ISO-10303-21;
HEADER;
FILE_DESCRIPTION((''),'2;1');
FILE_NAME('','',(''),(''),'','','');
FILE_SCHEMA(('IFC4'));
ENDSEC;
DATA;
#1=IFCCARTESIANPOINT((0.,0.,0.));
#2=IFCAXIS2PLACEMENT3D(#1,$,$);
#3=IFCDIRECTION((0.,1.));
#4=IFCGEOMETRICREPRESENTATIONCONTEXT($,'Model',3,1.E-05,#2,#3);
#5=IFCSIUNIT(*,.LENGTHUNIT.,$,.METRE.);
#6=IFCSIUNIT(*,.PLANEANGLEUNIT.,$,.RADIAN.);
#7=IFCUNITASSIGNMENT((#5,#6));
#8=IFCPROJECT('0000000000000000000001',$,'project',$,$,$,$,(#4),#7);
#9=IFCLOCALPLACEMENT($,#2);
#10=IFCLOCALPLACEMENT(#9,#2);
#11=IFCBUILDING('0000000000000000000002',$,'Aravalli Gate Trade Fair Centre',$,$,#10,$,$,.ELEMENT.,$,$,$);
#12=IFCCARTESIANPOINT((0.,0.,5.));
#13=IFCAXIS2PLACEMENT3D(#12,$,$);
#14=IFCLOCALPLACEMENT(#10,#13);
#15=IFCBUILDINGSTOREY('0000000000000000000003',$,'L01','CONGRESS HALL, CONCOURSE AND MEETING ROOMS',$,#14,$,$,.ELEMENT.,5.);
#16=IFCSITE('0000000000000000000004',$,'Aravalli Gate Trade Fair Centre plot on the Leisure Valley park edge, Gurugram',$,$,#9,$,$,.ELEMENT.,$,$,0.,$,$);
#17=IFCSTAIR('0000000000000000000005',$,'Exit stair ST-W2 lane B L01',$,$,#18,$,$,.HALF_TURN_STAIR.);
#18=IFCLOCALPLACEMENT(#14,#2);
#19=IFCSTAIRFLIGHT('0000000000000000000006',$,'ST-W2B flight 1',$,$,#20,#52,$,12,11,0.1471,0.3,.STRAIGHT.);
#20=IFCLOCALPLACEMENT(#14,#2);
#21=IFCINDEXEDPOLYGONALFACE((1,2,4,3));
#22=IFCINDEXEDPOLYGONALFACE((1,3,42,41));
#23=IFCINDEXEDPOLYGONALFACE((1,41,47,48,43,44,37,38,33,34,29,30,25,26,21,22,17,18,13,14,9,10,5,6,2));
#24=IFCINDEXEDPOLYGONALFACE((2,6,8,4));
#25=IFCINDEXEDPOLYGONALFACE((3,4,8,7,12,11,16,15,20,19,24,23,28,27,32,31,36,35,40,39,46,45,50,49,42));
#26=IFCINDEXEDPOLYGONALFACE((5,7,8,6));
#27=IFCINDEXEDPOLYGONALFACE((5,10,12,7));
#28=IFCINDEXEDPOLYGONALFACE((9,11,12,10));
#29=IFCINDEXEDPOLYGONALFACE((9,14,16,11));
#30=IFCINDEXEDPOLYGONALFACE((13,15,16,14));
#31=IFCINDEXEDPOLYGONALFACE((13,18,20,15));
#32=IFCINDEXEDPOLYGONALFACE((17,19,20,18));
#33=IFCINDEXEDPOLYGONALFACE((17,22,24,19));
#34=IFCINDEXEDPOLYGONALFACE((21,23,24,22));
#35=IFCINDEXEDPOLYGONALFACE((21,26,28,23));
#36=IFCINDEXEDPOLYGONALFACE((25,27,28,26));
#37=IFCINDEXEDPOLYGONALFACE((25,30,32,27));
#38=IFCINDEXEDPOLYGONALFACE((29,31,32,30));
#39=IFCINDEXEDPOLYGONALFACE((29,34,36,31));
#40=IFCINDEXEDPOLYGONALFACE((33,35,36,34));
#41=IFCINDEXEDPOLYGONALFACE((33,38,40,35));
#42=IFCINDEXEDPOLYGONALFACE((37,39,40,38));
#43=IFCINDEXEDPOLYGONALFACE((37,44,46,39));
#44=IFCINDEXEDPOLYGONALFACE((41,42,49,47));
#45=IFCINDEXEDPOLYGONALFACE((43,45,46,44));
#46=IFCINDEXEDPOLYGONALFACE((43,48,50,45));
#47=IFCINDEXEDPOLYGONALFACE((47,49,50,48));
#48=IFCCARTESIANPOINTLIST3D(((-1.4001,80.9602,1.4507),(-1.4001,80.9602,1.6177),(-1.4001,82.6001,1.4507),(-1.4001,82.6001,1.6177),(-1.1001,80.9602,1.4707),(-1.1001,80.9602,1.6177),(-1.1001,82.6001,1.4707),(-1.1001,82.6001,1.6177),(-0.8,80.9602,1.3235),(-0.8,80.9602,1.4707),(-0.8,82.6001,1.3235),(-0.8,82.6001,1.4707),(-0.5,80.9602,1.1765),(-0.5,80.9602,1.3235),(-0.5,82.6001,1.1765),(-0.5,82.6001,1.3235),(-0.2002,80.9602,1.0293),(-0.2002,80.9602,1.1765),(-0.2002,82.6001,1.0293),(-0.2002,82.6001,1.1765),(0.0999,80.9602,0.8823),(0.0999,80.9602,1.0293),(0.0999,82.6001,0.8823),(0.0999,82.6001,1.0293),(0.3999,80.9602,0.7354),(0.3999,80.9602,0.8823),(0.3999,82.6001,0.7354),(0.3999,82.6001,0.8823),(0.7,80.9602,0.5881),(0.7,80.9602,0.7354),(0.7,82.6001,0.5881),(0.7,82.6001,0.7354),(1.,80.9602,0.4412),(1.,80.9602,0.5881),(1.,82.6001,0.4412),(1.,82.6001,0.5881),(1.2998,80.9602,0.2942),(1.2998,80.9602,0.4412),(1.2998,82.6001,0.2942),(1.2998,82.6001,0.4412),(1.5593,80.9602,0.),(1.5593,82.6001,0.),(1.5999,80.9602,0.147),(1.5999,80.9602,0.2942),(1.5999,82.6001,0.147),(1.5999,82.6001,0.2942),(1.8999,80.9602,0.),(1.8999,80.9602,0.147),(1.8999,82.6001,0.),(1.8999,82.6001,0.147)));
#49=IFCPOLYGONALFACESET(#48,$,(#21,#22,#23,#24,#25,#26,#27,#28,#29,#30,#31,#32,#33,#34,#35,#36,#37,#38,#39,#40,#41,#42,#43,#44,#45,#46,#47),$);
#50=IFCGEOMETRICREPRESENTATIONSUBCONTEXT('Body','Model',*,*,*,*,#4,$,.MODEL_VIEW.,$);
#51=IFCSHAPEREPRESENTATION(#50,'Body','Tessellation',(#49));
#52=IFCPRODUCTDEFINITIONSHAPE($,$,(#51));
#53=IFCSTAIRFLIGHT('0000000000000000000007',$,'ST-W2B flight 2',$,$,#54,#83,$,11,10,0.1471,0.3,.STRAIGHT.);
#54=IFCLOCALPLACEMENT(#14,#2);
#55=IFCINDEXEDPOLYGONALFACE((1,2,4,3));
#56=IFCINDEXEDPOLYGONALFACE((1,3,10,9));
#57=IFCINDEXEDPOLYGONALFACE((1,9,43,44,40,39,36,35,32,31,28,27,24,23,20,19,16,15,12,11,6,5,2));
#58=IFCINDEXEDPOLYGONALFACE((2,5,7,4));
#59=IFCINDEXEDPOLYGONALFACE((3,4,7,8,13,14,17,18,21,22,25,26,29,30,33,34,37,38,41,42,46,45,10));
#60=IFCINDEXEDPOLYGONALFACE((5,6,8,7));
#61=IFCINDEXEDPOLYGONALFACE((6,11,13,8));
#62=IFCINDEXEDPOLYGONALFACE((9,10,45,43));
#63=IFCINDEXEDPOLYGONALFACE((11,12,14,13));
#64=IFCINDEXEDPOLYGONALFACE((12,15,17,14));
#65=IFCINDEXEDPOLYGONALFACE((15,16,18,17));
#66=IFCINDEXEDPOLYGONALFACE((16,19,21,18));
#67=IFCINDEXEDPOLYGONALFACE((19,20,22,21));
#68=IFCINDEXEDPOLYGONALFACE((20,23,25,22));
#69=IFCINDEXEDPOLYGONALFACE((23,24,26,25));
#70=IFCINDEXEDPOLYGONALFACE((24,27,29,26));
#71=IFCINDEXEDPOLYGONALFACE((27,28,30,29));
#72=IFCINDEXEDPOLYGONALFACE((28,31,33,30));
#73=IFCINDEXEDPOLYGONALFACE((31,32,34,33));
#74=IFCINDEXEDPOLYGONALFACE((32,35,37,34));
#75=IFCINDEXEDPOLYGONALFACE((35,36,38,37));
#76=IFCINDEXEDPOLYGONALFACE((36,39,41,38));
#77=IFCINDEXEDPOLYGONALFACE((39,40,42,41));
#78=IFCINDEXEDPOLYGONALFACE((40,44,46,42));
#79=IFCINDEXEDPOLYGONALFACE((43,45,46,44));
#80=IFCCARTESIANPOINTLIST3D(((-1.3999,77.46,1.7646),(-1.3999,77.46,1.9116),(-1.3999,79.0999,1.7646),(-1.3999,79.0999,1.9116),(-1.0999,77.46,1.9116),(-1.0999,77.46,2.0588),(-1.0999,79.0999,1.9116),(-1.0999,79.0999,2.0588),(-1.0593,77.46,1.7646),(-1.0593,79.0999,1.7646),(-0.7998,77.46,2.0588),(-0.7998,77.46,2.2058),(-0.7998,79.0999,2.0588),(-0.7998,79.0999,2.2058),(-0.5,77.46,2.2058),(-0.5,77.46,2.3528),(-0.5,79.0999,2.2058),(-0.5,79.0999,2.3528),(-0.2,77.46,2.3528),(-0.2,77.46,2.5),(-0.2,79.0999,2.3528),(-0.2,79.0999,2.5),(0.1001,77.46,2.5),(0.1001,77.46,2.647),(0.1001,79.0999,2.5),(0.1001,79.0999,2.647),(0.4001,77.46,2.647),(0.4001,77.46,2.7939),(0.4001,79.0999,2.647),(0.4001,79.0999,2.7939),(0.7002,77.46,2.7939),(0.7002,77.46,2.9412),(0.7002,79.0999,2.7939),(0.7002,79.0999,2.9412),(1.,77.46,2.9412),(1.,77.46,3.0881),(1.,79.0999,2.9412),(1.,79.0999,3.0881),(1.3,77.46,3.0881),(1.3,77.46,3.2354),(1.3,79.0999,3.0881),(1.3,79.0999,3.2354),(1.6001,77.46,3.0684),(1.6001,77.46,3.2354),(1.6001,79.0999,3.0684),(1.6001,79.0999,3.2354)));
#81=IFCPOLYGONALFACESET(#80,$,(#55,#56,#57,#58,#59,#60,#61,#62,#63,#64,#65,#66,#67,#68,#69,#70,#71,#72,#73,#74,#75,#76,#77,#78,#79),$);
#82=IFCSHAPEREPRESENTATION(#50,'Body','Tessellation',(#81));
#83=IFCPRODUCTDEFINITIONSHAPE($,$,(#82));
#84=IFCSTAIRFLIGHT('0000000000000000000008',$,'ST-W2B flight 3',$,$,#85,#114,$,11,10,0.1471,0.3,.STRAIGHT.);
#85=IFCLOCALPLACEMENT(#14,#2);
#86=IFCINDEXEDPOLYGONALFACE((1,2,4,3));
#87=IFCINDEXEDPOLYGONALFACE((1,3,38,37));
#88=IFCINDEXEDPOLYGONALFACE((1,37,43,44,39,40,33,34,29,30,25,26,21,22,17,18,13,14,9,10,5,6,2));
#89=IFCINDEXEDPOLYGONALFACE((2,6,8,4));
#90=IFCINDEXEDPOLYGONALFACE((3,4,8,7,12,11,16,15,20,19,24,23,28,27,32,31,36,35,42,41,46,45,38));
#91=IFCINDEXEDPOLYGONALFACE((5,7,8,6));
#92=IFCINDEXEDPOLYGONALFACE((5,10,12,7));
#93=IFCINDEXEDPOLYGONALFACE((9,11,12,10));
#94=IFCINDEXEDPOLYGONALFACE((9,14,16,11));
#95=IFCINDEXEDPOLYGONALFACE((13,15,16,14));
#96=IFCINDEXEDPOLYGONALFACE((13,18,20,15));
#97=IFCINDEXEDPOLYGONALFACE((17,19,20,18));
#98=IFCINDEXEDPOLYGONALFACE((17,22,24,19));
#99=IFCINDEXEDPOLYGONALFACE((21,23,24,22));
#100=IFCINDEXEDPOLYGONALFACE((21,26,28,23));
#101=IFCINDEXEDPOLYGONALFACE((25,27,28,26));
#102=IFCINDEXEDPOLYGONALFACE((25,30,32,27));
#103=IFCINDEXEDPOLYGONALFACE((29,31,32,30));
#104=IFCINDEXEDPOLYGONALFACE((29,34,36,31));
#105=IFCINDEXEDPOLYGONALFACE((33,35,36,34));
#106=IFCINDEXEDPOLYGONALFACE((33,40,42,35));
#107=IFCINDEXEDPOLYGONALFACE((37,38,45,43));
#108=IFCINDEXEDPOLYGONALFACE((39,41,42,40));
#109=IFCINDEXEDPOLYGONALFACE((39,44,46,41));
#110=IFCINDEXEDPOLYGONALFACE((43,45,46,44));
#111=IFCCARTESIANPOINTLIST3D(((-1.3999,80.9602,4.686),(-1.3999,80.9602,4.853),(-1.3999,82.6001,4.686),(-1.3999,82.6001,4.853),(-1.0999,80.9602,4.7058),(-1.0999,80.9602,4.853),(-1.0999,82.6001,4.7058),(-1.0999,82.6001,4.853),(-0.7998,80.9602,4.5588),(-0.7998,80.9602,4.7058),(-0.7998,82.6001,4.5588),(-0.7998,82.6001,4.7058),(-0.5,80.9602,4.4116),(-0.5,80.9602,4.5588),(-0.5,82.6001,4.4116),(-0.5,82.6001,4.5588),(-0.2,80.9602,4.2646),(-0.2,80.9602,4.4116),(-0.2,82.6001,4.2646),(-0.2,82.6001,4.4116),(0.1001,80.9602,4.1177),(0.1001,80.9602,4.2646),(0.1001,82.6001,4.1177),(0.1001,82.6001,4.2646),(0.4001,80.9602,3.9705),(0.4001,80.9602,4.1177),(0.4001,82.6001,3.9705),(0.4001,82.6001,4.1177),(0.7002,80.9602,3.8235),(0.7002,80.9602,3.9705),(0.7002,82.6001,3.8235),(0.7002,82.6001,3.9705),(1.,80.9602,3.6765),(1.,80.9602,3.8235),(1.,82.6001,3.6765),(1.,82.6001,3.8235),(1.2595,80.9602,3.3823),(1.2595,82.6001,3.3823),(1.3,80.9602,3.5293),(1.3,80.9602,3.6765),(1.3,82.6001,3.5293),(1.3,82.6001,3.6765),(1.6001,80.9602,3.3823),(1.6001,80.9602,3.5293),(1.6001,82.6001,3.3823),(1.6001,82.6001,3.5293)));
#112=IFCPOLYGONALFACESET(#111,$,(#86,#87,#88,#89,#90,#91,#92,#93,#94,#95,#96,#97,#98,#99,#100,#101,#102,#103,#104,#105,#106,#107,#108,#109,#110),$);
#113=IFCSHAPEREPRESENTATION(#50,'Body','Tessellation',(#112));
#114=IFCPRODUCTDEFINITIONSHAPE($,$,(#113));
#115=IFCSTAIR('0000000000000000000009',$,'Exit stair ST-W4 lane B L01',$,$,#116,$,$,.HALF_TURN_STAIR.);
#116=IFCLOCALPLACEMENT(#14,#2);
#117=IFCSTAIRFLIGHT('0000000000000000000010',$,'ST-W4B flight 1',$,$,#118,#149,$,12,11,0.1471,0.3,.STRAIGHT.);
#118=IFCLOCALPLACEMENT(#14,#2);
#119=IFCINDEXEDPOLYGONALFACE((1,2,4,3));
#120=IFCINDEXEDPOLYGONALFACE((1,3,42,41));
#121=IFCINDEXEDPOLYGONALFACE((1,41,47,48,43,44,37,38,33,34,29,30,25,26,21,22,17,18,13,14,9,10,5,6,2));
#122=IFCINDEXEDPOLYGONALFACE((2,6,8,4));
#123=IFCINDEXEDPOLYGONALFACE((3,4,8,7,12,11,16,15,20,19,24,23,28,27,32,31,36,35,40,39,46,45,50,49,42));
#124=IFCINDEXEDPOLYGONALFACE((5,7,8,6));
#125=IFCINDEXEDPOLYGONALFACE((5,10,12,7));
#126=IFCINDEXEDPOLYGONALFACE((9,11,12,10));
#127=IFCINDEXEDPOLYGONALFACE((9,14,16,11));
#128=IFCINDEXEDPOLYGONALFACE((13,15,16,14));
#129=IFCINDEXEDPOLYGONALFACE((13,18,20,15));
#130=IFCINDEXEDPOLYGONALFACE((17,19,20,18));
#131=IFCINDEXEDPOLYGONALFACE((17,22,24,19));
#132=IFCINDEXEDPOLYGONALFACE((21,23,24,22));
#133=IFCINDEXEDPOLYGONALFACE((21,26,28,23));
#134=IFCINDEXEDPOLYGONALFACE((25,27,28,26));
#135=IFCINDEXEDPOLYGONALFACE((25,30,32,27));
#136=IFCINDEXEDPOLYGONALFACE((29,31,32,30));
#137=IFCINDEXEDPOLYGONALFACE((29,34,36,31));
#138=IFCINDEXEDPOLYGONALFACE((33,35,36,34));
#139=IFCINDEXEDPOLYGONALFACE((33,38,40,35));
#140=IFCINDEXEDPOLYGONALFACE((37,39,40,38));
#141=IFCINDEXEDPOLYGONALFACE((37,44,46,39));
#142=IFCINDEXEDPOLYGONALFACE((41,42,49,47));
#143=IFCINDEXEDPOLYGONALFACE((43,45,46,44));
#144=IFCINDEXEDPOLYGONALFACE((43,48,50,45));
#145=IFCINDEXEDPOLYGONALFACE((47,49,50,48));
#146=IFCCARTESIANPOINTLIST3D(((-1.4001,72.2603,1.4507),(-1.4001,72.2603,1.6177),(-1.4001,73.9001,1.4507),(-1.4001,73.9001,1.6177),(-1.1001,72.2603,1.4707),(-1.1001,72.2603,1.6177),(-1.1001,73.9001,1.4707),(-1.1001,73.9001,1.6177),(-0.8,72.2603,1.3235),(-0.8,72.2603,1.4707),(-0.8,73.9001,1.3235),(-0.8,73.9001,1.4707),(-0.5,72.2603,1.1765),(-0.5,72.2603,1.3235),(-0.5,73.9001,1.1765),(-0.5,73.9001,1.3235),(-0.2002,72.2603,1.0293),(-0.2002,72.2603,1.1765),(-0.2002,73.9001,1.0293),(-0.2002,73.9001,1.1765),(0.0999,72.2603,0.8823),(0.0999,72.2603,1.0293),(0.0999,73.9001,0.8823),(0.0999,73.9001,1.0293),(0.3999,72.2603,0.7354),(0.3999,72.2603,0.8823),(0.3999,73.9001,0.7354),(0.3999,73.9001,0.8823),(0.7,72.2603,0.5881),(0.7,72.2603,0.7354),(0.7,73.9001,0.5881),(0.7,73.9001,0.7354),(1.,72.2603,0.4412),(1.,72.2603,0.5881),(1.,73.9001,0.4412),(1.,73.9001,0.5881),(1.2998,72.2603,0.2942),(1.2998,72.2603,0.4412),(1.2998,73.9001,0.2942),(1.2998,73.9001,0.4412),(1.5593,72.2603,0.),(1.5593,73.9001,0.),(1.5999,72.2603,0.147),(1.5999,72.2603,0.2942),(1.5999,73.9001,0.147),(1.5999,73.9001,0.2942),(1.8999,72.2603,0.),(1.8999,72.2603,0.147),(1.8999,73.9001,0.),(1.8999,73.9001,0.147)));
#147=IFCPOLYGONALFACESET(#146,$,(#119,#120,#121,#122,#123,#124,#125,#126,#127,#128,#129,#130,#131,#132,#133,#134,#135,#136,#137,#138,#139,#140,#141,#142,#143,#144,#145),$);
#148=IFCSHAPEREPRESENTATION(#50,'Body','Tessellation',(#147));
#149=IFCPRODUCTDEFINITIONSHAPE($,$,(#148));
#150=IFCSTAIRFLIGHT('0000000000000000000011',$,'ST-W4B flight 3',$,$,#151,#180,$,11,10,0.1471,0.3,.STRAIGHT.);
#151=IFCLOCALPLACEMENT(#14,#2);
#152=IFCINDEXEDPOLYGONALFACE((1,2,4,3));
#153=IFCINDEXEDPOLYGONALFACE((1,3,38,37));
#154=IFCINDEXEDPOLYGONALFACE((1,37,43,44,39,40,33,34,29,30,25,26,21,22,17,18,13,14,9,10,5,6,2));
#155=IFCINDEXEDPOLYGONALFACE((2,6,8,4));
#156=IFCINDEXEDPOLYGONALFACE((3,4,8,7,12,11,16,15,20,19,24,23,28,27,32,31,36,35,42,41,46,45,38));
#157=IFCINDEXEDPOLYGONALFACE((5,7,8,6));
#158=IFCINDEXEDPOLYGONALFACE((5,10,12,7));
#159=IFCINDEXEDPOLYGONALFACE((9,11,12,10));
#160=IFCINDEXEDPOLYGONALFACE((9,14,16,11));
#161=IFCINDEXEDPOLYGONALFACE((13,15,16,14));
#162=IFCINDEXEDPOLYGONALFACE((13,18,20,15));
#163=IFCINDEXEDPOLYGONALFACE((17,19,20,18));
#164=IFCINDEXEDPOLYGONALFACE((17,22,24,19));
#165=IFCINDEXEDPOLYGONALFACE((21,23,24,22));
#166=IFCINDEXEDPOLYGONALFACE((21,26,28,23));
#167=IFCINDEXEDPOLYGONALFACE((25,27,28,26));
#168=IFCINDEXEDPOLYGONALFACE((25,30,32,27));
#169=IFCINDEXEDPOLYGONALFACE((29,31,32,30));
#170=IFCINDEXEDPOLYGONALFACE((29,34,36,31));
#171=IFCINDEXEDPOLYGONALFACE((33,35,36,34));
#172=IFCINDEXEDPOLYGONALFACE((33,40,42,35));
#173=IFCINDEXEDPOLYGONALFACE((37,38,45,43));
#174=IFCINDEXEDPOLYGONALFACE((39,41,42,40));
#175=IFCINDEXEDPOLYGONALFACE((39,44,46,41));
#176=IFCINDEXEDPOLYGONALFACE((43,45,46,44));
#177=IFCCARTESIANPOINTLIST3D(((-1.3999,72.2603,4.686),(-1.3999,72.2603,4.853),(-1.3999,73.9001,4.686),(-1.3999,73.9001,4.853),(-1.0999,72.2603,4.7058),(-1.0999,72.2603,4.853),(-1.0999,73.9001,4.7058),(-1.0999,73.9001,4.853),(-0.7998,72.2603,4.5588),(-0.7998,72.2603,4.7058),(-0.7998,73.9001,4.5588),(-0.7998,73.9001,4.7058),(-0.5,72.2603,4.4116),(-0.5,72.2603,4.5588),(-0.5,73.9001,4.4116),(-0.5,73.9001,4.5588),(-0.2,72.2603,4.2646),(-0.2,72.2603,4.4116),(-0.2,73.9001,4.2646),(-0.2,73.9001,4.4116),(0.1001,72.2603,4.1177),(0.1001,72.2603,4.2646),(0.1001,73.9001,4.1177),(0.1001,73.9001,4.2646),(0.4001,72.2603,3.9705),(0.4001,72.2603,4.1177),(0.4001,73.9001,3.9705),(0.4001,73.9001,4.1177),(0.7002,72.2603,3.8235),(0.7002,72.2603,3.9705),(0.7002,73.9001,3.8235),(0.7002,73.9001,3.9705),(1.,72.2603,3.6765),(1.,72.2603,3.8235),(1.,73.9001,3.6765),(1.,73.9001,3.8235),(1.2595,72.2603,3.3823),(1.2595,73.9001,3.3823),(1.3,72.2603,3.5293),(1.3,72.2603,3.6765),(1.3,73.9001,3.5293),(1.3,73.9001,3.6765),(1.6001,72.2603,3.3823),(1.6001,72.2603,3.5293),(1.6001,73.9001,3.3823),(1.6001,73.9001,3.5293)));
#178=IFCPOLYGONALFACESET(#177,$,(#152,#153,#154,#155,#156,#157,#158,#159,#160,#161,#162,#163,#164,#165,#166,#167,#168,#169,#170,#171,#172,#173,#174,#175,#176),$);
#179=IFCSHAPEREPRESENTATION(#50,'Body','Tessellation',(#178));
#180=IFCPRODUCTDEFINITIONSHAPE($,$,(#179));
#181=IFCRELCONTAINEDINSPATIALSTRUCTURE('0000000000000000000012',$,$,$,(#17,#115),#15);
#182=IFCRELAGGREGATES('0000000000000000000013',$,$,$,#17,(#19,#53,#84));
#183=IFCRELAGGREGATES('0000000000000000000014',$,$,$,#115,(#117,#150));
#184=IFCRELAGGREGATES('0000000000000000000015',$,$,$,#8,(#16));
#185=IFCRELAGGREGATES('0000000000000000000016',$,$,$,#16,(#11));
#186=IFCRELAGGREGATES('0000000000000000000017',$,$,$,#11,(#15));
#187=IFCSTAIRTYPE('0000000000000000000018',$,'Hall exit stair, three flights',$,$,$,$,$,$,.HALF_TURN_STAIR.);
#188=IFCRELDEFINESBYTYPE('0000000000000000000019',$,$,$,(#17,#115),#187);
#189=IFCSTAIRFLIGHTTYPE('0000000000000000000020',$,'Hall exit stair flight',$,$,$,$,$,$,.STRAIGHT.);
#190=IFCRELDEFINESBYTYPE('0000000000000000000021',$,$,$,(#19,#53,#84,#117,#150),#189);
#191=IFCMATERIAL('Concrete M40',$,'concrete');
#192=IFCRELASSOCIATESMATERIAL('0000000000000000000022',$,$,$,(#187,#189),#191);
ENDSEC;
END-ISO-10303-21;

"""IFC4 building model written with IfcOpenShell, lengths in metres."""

from ifc_helpers import new_model, si_unit, direction, frame, origin, place, context, subcontext, project, spatial, polyline, outline, extrude, material, type_object, element, aggregate, save


model = new_model("IFC4")

# Units and contexts
model_context = context("Model", 3, precision=1e-05, world=origin(), true_north=direction((0.0, 1.0)))
body_context = subcontext(model_context, "Body", "Model", "MODEL_VIEW")
ifc_project = project(units=[si_unit("LENGTHUNIT", "METRE"), si_unit("PLANEANGLEUNIT", "RADIAN")], contexts=[model_context])

# Site, building, storey
site_placement = place(None, origin())
site = spatial("IfcSite", under=ifc_project, at=site_placement, Name="Aravalli Gate Trade Fair Centre plot on the Leisure Valley park edge, Gurugram", CompositionType="ELEMENT", RefElevation=0.0)
building_placement = place(site_placement, origin())
building = spatial("IfcBuilding", under=site, at=building_placement, Name="Aravalli Gate Trade Fair Centre", CompositionType="ELEMENT")
storey_placement = place(building_placement, frame((0.0, 0.0, 5.0)))
storey = spatial("IfcBuildingStorey", under=building, at=storey_placement, Name="L01", Description="CONGRESS HALL, CONCOURSE AND MEETING ROOMS", CompositionType="ELEMENT", Elevation=5.0)

# Shared definitions
ifc_material_1 = material(Name="Concrete M40", Category="concrete")

# Stairs, stair flights
stair_type = type_object("IfcStairType", Name="Hall exit stair, three flights", PredefinedType="HALF_TURN_STAIR", material=ifc_material_1)
stair_flight_type = type_object("IfcStairFlightType", Name="Hall exit stair flight", PredefinedType="STRAIGHT", material=ifc_material_1)
stair_1_placement = place(storey_placement, origin())
stair_1 = element("IfcStair", 1, at=stair_1_placement, inside=storey, type_object=stair_type, Name="Exit stair ST-W2 lane B L01", PredefinedType="HALF_TURN_STAIR")
stair_flight_1_placement = place(storey_placement, frame((1.8999, 81.78, 0.0), z_axis=(0.0, 0.0, 1.0), x_axis=(-1.0, 0.0, 0.0)))
stair_flight_1 = element("IfcStairFlight", 2, at=stair_flight_1_placement, type_object=stair_flight_type, Name="ST-W2B flight 1", NumberOfRisers=12, NumberOfTreads=11, PredefinedType="STRAIGHT", RiserHeight=0.1471, TreadLength=0.3, context=body_context, shape_type="SweptSolid", body=[
    extrude(outline(polyline([(0.0, 0.0), (0.0, 0.147), (0.3, 0.147), (0.3, 0.2942), (0.6001, 0.2942), (0.6001, 0.4412), (0.8999, 0.4412), (0.8999, 0.5881), (1.2, 0.5881), (1.2, 0.7354), (1.5, 0.7354), (1.5, 0.8823), (1.8, 0.8823), (1.8, 1.0293), (2.1001, 1.0293), (2.1001, 1.1765), (2.3999, 1.1765), (2.3999, 1.3235), (2.7, 1.3235), (2.7, 1.4707), (3.0, 1.4707), (3.0, 1.6177), (3.3, 1.6177), (3.3, 1.7646), (3.3, 1.4507), (0.3406, 0.0), (0.0, 0.0)])), frame((0.0, 0.8198, 0.0), z_axis=(0.0, -1.0, 0.0), x_axis=(1.0, 0.0, 0.0)), (0.0, 0.0, 1.0), 1.6399),
])
stair_flight_2_placement = place(storey_placement, frame((-1.3999, 78.28, 1.7646), z_axis=(0.0, 0.0, 1.0), x_axis=(1.0, 0.0, 0.0)))
stair_flight_2 = element("IfcStairFlight", 3, at=stair_flight_2_placement, type_object=stair_flight_type, Name="ST-W2B flight 2", NumberOfRisers=11, NumberOfTreads=10, PredefinedType="STRAIGHT", RiserHeight=0.1471, TreadLength=0.3, context=body_context, shape_type="SweptSolid", body=[
    extrude(outline(polyline([(0.0, 0.0), (0.0, 0.147), (0.3, 0.147), (0.3, 0.2942), (0.6001, 0.2942), (0.6001, 0.4412), (0.8999, 0.4412), (0.8999, 0.5881), (1.2, 0.5881), (1.2, 0.7354), (1.5, 0.7354), (1.5, 0.8823), (1.8, 0.8823), (1.8, 1.0293), (2.1001, 1.0293), (2.1001, 1.1765), (2.3999, 1.1765), (2.3999, 1.3235), (2.7, 1.3235), (2.7, 1.4707), (3.0, 1.4707), (3.0, 1.6177), (3.0, 1.3037), (0.3406, 0.0), (0.0, 0.0)])), frame((0.0, 0.8198, 0.0), z_axis=(0.0, -1.0, 0.0), x_axis=(1.0, 0.0, 0.0)), (0.0, 0.0, 1.0), 1.6399),
])
stair_flight_3_placement = place(storey_placement, frame((1.6001, 81.78, 3.3823), z_axis=(0.0, 0.0, 1.0), x_axis=(-1.0, 0.0, 0.0)))
stair_flight_3 = element("IfcStairFlight", 4, at=stair_flight_3_placement, type_object=stair_flight_type, Name="ST-W2B flight 3", NumberOfRisers=11, NumberOfTreads=10, PredefinedType="STRAIGHT", RiserHeight=0.1471, TreadLength=0.3, context=body_context, shape_type="SweptSolid", body=[
    extrude(outline(polyline([(0.0, 0.0), (0.0, 0.147), (0.3, 0.147), (0.3, 0.2942), (0.6001, 0.2942), (0.6001, 0.4412), (0.8999, 0.4412), (0.8999, 0.5881), (1.2, 0.5881), (1.2, 0.7354), (1.5, 0.7354), (1.5, 0.8823), (1.8, 0.8823), (1.8, 1.0293), (2.1001, 1.0293), (2.1001, 1.1765), (2.3999, 1.1765), (2.3999, 1.3235), (2.7, 1.3235), (2.7, 1.4707), (3.0, 1.4707), (3.0, 1.6177), (3.0, 1.3037), (0.3406, 0.0), (0.0, 0.0)])), frame((0.0, 0.8198, 0.0), z_axis=(0.0, -1.0, 0.0), x_axis=(1.0, 0.0, 0.0)), (0.0, 0.0, 1.0), 1.6399),
])
aggregate(stair_1, [stair_flight_1, stair_flight_2, stair_flight_3])
stair_2_placement = place(storey_placement, origin())
stair_2 = element("IfcStair", 5, at=stair_2_placement, inside=storey, type_object=stair_type, Name="Exit stair ST-W4 lane B L01", PredefinedType="HALF_TURN_STAIR")
stair_flight_4_placement = place(storey_placement, frame((1.8999, 73.0801, 0.0), z_axis=(0.0, 0.0, 1.0), x_axis=(-1.0, 0.0, 0.0)))
stair_flight_4 = element("IfcStairFlight", 6, at=stair_flight_4_placement, type_object=stair_flight_type, Name="ST-W4B flight 1", NumberOfRisers=12, NumberOfTreads=11, PredefinedType="STRAIGHT", RiserHeight=0.1471, TreadLength=0.3, context=body_context, shape_type="SweptSolid", body=[
    extrude(outline(polyline([(0.0, 0.0), (0.0, 0.147), (0.3, 0.147), (0.3, 0.2942), (0.6001, 0.2942), (0.6001, 0.4412), (0.8999, 0.4412), (0.8999, 0.5881), (1.2, 0.5881), (1.2, 0.7354), (1.5, 0.7354), (1.5, 0.8823), (1.8, 0.8823), (1.8, 1.0293), (2.1001, 1.0293), (2.1001, 1.1765), (2.3999, 1.1765), (2.3999, 1.3235), (2.7, 1.3235), (2.7, 1.4707), (3.0, 1.4707), (3.0, 1.6177), (3.3, 1.6177), (3.3, 1.7646), (3.3, 1.4507), (0.3406, 0.0), (0.0, 0.0)])), frame((0.0, 0.8198, 0.0), z_axis=(0.0, -1.0, 0.0), x_axis=(1.0, 0.0, 0.0)), (0.0, 0.0, 1.0), 1.6399),
])
stair_flight_5_placement = place(storey_placement, frame((1.6001, 73.0801, 3.3823), z_axis=(0.0, 0.0, 1.0), x_axis=(-1.0, 0.0, 0.0)))
stair_flight_5 = element("IfcStairFlight", 7, at=stair_flight_5_placement, type_object=stair_flight_type, Name="ST-W4B flight 3", NumberOfRisers=11, NumberOfTreads=10, PredefinedType="STRAIGHT", RiserHeight=0.1471, TreadLength=0.3, context=body_context, shape_type="SweptSolid", body=[
    extrude(outline(polyline([(0.0, 0.0), (0.0, 0.147), (0.3, 0.147), (0.3, 0.2942), (0.6001, 0.2942), (0.6001, 0.4412), (0.8999, 0.4412), (0.8999, 0.5881), (1.2, 0.5881), (1.2, 0.7354), (1.5, 0.7354), (1.5, 0.8823), (1.8, 0.8823), (1.8, 1.0293), (2.1001, 1.0293), (2.1001, 1.1765), (2.3999, 1.1765), (2.3999, 1.3235), (2.7, 1.3235), (2.7, 1.4707), (3.0, 1.4707), (3.0, 1.6177), (3.0, 1.3037), (0.3406, 0.0), (0.0, 0.0)])), frame((0.0, 0.8198, 0.0), z_axis=(0.0, -1.0, 0.0), x_axis=(1.0, 0.0, 0.0)), (0.0, 0.0, 1.0), 1.6399),
])
aggregate(stair_2, [stair_flight_4, stair_flight_5])

save(model, "model.ifc")
